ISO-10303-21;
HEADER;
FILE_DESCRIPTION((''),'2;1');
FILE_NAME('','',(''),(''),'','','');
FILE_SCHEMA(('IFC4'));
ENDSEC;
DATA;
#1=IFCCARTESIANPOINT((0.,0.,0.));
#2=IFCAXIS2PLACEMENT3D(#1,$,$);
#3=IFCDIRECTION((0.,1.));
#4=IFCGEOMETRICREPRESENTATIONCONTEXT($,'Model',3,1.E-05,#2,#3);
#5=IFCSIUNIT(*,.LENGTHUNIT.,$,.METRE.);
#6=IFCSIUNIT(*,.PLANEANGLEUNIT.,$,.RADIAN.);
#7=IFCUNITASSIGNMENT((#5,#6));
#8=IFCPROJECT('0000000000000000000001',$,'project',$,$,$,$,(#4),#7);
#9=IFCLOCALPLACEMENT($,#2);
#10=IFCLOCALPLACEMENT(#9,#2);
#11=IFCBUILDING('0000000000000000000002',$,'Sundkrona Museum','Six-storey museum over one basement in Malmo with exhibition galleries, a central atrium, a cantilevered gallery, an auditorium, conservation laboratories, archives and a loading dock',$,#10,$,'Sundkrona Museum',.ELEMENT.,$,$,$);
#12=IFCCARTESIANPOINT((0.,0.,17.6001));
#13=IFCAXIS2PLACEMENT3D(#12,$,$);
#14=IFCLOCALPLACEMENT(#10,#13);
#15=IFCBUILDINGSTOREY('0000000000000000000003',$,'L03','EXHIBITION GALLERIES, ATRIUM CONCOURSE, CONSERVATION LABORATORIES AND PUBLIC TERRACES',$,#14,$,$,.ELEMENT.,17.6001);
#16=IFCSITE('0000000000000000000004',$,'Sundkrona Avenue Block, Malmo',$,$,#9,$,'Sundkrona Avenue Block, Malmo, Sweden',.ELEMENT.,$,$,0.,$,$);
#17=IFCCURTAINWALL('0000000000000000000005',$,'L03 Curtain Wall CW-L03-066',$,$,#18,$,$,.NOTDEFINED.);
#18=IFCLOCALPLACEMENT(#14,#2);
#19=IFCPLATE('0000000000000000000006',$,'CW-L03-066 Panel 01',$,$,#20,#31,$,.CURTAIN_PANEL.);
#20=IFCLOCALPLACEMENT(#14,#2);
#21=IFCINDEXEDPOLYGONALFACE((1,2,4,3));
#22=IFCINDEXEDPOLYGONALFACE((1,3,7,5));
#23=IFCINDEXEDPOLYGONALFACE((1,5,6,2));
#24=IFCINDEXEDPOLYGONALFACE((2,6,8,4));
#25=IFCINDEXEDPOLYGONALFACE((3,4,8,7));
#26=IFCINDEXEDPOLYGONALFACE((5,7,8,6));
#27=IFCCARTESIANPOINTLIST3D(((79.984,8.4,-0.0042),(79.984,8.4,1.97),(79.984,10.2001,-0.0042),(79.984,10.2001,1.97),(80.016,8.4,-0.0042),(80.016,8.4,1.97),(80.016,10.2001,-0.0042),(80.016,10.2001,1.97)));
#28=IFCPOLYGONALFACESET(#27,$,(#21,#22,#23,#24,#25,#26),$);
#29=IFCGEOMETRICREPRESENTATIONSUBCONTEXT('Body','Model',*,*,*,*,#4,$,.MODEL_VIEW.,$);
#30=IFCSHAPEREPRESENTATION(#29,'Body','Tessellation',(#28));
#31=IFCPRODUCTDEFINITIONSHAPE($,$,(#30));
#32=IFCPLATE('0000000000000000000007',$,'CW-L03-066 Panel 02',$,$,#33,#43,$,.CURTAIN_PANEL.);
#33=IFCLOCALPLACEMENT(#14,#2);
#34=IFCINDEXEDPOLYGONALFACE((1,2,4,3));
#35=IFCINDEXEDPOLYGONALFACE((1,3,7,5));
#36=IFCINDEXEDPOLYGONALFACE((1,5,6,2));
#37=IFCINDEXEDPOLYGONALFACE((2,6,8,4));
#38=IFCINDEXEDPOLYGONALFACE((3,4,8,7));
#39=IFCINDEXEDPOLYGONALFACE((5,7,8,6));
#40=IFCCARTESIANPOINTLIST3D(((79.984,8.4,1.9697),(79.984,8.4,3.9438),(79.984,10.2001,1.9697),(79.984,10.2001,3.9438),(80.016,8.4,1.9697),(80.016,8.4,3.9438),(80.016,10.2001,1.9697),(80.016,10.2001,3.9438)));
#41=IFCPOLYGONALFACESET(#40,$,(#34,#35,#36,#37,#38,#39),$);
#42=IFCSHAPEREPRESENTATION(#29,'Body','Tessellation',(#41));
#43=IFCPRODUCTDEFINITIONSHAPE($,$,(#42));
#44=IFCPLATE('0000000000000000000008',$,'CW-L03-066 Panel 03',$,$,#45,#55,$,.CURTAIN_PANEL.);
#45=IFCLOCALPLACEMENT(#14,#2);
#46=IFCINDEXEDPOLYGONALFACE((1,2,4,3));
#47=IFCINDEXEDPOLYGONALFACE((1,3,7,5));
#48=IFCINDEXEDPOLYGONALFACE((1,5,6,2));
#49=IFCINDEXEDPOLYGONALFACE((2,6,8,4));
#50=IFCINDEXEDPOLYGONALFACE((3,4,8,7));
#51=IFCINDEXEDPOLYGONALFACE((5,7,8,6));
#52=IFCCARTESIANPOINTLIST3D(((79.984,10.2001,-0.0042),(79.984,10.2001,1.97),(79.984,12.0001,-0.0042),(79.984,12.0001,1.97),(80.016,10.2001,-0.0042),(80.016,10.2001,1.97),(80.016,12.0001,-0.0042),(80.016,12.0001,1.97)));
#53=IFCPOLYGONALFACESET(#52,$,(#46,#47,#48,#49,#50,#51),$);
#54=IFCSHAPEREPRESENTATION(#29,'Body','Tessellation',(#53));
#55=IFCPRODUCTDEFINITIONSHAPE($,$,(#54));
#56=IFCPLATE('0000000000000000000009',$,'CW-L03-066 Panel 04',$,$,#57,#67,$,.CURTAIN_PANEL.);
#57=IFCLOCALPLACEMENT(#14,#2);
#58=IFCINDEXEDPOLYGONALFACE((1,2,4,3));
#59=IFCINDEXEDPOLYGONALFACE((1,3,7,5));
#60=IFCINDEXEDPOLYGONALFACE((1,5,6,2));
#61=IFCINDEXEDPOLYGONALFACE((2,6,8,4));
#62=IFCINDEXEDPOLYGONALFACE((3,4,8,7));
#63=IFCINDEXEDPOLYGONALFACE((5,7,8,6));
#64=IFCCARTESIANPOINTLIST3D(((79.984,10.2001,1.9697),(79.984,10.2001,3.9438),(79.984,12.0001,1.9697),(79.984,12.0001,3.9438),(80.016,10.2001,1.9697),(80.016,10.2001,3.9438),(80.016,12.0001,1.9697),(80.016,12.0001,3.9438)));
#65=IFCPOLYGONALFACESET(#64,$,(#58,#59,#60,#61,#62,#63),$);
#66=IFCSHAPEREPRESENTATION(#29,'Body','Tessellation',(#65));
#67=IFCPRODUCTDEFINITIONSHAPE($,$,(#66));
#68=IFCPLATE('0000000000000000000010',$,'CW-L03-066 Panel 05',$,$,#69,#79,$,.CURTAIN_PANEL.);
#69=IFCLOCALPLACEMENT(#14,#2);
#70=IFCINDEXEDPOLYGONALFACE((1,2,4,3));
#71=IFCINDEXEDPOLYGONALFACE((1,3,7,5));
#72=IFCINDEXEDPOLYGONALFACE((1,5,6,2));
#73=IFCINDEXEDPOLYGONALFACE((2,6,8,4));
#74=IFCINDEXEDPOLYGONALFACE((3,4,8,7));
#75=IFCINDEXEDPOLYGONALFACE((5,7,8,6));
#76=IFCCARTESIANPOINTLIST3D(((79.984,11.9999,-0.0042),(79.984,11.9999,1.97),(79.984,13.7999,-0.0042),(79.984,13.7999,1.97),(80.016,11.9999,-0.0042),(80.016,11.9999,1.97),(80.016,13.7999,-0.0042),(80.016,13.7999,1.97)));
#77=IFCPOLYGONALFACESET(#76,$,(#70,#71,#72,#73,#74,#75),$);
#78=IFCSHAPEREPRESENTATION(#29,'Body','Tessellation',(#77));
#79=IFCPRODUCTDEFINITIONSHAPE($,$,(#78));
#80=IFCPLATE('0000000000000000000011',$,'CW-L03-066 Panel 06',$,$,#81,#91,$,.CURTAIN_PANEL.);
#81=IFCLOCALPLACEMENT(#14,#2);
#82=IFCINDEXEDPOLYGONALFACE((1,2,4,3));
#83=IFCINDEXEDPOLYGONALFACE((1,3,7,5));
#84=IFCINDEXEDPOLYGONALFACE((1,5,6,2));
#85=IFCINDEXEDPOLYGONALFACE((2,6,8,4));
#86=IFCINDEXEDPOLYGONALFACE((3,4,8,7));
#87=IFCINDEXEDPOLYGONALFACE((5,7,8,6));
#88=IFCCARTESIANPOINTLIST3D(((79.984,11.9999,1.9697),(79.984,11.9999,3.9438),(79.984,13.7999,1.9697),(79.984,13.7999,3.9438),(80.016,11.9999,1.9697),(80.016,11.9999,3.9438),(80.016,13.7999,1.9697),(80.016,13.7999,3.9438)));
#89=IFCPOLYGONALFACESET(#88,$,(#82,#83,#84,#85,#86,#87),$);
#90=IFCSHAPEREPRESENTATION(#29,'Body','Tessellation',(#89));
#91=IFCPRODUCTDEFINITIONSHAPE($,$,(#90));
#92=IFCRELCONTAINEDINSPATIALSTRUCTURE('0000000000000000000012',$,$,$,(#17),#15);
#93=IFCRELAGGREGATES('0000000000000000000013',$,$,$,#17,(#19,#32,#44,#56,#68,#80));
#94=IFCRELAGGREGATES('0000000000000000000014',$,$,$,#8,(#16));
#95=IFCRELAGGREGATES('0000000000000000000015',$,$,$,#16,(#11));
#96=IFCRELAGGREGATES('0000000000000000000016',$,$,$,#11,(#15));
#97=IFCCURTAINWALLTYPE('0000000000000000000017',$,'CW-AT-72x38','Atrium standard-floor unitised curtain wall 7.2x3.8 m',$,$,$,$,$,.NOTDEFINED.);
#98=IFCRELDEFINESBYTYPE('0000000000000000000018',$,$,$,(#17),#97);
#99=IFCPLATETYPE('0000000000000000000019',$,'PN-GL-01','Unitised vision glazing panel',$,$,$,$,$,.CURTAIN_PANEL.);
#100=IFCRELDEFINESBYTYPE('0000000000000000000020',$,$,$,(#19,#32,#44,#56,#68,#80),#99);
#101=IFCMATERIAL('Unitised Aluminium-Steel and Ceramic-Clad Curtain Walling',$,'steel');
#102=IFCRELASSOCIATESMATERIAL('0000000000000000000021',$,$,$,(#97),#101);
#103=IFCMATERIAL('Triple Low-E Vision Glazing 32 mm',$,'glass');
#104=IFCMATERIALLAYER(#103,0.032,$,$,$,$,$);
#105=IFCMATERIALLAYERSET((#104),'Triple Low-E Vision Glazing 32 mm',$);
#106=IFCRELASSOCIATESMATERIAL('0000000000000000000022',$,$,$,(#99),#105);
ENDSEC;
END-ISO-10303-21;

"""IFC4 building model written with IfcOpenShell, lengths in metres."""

from ifc_helpers import new_model, si_unit, direction, frame, origin, origin_2d, place, context, subcontext, project, spatial, rectangle, extrude, material, layer, layer_set, type_object, element, aggregate, save


model = new_model("IFC4")

# Units and contexts
model_context = context("Model", 3, precision=1e-05, world=origin(), true_north=direction((0.0, 1.0)))
body_context = subcontext(model_context, "Body", "Model", "MODEL_VIEW")
ifc_project = project(units=[si_unit("LENGTHUNIT", "METRE"), si_unit("PLANEANGLEUNIT", "RADIAN")], contexts=[model_context])

# Site, building, storey
site_placement = place(None, origin())
site = spatial("IfcSite", under=ifc_project, at=site_placement, Name="Sundkrona Avenue Block, Malmo", LongName="Sundkrona Avenue Block, Malmo, Sweden", CompositionType="ELEMENT", RefElevation=0.0)
building_placement = place(site_placement, origin())
building = spatial("IfcBuilding", under=site, at=building_placement, Name="Sundkrona Museum", Description="Six-storey museum over one basement in Malmo with exhibition galleries, a central atrium, a cantilevered gallery, an auditorium, conservation laboratories, archives and a loading dock", LongName="Sundkrona Museum", CompositionType="ELEMENT")
storey_placement = place(building_placement, frame((0.0, 0.0, 17.6001)))
storey = spatial("IfcBuildingStorey", under=building, at=storey_placement, Name="L03", Description="EXHIBITION GALLERIES, ATRIUM CONCOURSE, CONSERVATION LABORATORIES AND PUBLIC TERRACES", CompositionType="ELEMENT", Elevation=17.6001)

# Curtain wall
ifc_material_1 = material(Name="Unitised Aluminium-Steel and Ceramic-Clad Curtain Walling", Category="steel")
curtain_wall_type = type_object("IfcCurtainWallType", Name="CW-AT-72x38", Description="Atrium standard-floor unitised curtain wall 7.2x3.8 m", PredefinedType="NOTDEFINED", material=ifc_material_1)
curtain_wall_1_placement = place(storey_placement, origin())
curtain_wall_1 = element("IfcCurtainWall", 1, at=curtain_wall_1_placement, inside=storey, type_object=curtain_wall_type, Name="L03 Curtain Wall CW-L03-066", PredefinedType="NOTDEFINED")

# Plates
ifc_material_2 = material(Name="Triple Low-E Vision Glazing 32 mm", Category="glass")
ifc_layer = layer(ifc_material_2, 0.032)
ifc_layer_set = layer_set([ifc_layer], Name="Triple Low-E Vision Glazing 32 mm")
plate_type = type_object("IfcPlateType", Name="PN-GL-01", Description="Unitised vision glazing panel", PredefinedType="CURTAIN_PANEL", material=ifc_layer_set)
plate_1_placement = place(storey_placement, frame((80.0, 9.3, -0.0042), z_axis=(0.0, 0.0, 1.0), x_axis=(0.0, 1.0, 0.0)))
plate_1 = element("IfcPlate", 2, at=plate_1_placement, type_object=plate_type, Name="CW-L03-066 Panel 01", PredefinedType="CURTAIN_PANEL", context=body_context, shape_type="SweptSolid", body=[
    extrude(rectangle(XDim=1.8, YDim=0.032, at=origin_2d()), origin(), (0.0, 0.0, 1.0), 1.9741),
])
plate_2_placement = place(storey_placement, frame((80.0, 9.3, 1.9697), z_axis=(0.0, 0.0, 1.0), x_axis=(0.0, 1.0, 0.0)))
plate_2 = element("IfcPlate", 3, at=plate_2_placement, type_object=plate_type, Name="CW-L03-066 Panel 02", PredefinedType="CURTAIN_PANEL", context=body_context, shape_type="SweptSolid", body=[
    extrude(rectangle(XDim=1.8, YDim=0.032, at=origin_2d()), origin(), (0.0, 0.0, 1.0), 1.9741),
])
plate_3_placement = place(storey_placement, frame((80.0, 11.1001, -0.0042), z_axis=(0.0, 0.0, 1.0), x_axis=(0.0, 1.0, 0.0)))
plate_3 = element("IfcPlate", 4, at=plate_3_placement, type_object=plate_type, Name="CW-L03-066 Panel 03", PredefinedType="CURTAIN_PANEL", context=body_context, shape_type="SweptSolid", body=[
    extrude(rectangle(XDim=1.8, YDim=0.032, at=origin_2d()), origin(), (0.0, 0.0, 1.0), 1.9741),
])
plate_4_placement = place(storey_placement, frame((80.0, 11.1001, 1.9697), z_axis=(0.0, 0.0, 1.0), x_axis=(0.0, 1.0, 0.0)))
plate_4 = element("IfcPlate", 5, at=plate_4_placement, type_object=plate_type, Name="CW-L03-066 Panel 04", PredefinedType="CURTAIN_PANEL", context=body_context, shape_type="SweptSolid", body=[
    extrude(rectangle(XDim=1.8, YDim=0.032, at=origin_2d()), origin(), (0.0, 0.0, 1.0), 1.9741),
])
plate_5_placement = place(storey_placement, frame((80.0, 12.8999, -0.0042), z_axis=(0.0, 0.0, 1.0), x_axis=(0.0, 1.0, 0.0)))
plate_5 = element("IfcPlate", 6, at=plate_5_placement, type_object=plate_type, Name="CW-L03-066 Panel 05", PredefinedType="CURTAIN_PANEL", context=body_context, shape_type="SweptSolid", body=[
    extrude(rectangle(XDim=1.8, YDim=0.032, at=origin_2d()), origin(), (0.0, 0.0, 1.0), 1.9741),
])
plate_6_placement = place(storey_placement, frame((80.0, 12.8999, 1.9697), z_axis=(0.0, 0.0, 1.0), x_axis=(0.0, 1.0, 0.0)))
plate_6 = element("IfcPlate", 7, at=plate_6_placement, type_object=plate_type, Name="CW-L03-066 Panel 06", PredefinedType="CURTAIN_PANEL", context=body_context, shape_type="SweptSolid", body=[
    extrude(rectangle(XDim=1.8, YDim=0.032, at=origin_2d()), origin(), (0.0, 0.0, 1.0), 1.9741),
])
aggregate(curtain_wall_1, [plate_1, plate_2, plate_3, plate_4, plate_5, plate_6])

save(model, "model.ifc")
